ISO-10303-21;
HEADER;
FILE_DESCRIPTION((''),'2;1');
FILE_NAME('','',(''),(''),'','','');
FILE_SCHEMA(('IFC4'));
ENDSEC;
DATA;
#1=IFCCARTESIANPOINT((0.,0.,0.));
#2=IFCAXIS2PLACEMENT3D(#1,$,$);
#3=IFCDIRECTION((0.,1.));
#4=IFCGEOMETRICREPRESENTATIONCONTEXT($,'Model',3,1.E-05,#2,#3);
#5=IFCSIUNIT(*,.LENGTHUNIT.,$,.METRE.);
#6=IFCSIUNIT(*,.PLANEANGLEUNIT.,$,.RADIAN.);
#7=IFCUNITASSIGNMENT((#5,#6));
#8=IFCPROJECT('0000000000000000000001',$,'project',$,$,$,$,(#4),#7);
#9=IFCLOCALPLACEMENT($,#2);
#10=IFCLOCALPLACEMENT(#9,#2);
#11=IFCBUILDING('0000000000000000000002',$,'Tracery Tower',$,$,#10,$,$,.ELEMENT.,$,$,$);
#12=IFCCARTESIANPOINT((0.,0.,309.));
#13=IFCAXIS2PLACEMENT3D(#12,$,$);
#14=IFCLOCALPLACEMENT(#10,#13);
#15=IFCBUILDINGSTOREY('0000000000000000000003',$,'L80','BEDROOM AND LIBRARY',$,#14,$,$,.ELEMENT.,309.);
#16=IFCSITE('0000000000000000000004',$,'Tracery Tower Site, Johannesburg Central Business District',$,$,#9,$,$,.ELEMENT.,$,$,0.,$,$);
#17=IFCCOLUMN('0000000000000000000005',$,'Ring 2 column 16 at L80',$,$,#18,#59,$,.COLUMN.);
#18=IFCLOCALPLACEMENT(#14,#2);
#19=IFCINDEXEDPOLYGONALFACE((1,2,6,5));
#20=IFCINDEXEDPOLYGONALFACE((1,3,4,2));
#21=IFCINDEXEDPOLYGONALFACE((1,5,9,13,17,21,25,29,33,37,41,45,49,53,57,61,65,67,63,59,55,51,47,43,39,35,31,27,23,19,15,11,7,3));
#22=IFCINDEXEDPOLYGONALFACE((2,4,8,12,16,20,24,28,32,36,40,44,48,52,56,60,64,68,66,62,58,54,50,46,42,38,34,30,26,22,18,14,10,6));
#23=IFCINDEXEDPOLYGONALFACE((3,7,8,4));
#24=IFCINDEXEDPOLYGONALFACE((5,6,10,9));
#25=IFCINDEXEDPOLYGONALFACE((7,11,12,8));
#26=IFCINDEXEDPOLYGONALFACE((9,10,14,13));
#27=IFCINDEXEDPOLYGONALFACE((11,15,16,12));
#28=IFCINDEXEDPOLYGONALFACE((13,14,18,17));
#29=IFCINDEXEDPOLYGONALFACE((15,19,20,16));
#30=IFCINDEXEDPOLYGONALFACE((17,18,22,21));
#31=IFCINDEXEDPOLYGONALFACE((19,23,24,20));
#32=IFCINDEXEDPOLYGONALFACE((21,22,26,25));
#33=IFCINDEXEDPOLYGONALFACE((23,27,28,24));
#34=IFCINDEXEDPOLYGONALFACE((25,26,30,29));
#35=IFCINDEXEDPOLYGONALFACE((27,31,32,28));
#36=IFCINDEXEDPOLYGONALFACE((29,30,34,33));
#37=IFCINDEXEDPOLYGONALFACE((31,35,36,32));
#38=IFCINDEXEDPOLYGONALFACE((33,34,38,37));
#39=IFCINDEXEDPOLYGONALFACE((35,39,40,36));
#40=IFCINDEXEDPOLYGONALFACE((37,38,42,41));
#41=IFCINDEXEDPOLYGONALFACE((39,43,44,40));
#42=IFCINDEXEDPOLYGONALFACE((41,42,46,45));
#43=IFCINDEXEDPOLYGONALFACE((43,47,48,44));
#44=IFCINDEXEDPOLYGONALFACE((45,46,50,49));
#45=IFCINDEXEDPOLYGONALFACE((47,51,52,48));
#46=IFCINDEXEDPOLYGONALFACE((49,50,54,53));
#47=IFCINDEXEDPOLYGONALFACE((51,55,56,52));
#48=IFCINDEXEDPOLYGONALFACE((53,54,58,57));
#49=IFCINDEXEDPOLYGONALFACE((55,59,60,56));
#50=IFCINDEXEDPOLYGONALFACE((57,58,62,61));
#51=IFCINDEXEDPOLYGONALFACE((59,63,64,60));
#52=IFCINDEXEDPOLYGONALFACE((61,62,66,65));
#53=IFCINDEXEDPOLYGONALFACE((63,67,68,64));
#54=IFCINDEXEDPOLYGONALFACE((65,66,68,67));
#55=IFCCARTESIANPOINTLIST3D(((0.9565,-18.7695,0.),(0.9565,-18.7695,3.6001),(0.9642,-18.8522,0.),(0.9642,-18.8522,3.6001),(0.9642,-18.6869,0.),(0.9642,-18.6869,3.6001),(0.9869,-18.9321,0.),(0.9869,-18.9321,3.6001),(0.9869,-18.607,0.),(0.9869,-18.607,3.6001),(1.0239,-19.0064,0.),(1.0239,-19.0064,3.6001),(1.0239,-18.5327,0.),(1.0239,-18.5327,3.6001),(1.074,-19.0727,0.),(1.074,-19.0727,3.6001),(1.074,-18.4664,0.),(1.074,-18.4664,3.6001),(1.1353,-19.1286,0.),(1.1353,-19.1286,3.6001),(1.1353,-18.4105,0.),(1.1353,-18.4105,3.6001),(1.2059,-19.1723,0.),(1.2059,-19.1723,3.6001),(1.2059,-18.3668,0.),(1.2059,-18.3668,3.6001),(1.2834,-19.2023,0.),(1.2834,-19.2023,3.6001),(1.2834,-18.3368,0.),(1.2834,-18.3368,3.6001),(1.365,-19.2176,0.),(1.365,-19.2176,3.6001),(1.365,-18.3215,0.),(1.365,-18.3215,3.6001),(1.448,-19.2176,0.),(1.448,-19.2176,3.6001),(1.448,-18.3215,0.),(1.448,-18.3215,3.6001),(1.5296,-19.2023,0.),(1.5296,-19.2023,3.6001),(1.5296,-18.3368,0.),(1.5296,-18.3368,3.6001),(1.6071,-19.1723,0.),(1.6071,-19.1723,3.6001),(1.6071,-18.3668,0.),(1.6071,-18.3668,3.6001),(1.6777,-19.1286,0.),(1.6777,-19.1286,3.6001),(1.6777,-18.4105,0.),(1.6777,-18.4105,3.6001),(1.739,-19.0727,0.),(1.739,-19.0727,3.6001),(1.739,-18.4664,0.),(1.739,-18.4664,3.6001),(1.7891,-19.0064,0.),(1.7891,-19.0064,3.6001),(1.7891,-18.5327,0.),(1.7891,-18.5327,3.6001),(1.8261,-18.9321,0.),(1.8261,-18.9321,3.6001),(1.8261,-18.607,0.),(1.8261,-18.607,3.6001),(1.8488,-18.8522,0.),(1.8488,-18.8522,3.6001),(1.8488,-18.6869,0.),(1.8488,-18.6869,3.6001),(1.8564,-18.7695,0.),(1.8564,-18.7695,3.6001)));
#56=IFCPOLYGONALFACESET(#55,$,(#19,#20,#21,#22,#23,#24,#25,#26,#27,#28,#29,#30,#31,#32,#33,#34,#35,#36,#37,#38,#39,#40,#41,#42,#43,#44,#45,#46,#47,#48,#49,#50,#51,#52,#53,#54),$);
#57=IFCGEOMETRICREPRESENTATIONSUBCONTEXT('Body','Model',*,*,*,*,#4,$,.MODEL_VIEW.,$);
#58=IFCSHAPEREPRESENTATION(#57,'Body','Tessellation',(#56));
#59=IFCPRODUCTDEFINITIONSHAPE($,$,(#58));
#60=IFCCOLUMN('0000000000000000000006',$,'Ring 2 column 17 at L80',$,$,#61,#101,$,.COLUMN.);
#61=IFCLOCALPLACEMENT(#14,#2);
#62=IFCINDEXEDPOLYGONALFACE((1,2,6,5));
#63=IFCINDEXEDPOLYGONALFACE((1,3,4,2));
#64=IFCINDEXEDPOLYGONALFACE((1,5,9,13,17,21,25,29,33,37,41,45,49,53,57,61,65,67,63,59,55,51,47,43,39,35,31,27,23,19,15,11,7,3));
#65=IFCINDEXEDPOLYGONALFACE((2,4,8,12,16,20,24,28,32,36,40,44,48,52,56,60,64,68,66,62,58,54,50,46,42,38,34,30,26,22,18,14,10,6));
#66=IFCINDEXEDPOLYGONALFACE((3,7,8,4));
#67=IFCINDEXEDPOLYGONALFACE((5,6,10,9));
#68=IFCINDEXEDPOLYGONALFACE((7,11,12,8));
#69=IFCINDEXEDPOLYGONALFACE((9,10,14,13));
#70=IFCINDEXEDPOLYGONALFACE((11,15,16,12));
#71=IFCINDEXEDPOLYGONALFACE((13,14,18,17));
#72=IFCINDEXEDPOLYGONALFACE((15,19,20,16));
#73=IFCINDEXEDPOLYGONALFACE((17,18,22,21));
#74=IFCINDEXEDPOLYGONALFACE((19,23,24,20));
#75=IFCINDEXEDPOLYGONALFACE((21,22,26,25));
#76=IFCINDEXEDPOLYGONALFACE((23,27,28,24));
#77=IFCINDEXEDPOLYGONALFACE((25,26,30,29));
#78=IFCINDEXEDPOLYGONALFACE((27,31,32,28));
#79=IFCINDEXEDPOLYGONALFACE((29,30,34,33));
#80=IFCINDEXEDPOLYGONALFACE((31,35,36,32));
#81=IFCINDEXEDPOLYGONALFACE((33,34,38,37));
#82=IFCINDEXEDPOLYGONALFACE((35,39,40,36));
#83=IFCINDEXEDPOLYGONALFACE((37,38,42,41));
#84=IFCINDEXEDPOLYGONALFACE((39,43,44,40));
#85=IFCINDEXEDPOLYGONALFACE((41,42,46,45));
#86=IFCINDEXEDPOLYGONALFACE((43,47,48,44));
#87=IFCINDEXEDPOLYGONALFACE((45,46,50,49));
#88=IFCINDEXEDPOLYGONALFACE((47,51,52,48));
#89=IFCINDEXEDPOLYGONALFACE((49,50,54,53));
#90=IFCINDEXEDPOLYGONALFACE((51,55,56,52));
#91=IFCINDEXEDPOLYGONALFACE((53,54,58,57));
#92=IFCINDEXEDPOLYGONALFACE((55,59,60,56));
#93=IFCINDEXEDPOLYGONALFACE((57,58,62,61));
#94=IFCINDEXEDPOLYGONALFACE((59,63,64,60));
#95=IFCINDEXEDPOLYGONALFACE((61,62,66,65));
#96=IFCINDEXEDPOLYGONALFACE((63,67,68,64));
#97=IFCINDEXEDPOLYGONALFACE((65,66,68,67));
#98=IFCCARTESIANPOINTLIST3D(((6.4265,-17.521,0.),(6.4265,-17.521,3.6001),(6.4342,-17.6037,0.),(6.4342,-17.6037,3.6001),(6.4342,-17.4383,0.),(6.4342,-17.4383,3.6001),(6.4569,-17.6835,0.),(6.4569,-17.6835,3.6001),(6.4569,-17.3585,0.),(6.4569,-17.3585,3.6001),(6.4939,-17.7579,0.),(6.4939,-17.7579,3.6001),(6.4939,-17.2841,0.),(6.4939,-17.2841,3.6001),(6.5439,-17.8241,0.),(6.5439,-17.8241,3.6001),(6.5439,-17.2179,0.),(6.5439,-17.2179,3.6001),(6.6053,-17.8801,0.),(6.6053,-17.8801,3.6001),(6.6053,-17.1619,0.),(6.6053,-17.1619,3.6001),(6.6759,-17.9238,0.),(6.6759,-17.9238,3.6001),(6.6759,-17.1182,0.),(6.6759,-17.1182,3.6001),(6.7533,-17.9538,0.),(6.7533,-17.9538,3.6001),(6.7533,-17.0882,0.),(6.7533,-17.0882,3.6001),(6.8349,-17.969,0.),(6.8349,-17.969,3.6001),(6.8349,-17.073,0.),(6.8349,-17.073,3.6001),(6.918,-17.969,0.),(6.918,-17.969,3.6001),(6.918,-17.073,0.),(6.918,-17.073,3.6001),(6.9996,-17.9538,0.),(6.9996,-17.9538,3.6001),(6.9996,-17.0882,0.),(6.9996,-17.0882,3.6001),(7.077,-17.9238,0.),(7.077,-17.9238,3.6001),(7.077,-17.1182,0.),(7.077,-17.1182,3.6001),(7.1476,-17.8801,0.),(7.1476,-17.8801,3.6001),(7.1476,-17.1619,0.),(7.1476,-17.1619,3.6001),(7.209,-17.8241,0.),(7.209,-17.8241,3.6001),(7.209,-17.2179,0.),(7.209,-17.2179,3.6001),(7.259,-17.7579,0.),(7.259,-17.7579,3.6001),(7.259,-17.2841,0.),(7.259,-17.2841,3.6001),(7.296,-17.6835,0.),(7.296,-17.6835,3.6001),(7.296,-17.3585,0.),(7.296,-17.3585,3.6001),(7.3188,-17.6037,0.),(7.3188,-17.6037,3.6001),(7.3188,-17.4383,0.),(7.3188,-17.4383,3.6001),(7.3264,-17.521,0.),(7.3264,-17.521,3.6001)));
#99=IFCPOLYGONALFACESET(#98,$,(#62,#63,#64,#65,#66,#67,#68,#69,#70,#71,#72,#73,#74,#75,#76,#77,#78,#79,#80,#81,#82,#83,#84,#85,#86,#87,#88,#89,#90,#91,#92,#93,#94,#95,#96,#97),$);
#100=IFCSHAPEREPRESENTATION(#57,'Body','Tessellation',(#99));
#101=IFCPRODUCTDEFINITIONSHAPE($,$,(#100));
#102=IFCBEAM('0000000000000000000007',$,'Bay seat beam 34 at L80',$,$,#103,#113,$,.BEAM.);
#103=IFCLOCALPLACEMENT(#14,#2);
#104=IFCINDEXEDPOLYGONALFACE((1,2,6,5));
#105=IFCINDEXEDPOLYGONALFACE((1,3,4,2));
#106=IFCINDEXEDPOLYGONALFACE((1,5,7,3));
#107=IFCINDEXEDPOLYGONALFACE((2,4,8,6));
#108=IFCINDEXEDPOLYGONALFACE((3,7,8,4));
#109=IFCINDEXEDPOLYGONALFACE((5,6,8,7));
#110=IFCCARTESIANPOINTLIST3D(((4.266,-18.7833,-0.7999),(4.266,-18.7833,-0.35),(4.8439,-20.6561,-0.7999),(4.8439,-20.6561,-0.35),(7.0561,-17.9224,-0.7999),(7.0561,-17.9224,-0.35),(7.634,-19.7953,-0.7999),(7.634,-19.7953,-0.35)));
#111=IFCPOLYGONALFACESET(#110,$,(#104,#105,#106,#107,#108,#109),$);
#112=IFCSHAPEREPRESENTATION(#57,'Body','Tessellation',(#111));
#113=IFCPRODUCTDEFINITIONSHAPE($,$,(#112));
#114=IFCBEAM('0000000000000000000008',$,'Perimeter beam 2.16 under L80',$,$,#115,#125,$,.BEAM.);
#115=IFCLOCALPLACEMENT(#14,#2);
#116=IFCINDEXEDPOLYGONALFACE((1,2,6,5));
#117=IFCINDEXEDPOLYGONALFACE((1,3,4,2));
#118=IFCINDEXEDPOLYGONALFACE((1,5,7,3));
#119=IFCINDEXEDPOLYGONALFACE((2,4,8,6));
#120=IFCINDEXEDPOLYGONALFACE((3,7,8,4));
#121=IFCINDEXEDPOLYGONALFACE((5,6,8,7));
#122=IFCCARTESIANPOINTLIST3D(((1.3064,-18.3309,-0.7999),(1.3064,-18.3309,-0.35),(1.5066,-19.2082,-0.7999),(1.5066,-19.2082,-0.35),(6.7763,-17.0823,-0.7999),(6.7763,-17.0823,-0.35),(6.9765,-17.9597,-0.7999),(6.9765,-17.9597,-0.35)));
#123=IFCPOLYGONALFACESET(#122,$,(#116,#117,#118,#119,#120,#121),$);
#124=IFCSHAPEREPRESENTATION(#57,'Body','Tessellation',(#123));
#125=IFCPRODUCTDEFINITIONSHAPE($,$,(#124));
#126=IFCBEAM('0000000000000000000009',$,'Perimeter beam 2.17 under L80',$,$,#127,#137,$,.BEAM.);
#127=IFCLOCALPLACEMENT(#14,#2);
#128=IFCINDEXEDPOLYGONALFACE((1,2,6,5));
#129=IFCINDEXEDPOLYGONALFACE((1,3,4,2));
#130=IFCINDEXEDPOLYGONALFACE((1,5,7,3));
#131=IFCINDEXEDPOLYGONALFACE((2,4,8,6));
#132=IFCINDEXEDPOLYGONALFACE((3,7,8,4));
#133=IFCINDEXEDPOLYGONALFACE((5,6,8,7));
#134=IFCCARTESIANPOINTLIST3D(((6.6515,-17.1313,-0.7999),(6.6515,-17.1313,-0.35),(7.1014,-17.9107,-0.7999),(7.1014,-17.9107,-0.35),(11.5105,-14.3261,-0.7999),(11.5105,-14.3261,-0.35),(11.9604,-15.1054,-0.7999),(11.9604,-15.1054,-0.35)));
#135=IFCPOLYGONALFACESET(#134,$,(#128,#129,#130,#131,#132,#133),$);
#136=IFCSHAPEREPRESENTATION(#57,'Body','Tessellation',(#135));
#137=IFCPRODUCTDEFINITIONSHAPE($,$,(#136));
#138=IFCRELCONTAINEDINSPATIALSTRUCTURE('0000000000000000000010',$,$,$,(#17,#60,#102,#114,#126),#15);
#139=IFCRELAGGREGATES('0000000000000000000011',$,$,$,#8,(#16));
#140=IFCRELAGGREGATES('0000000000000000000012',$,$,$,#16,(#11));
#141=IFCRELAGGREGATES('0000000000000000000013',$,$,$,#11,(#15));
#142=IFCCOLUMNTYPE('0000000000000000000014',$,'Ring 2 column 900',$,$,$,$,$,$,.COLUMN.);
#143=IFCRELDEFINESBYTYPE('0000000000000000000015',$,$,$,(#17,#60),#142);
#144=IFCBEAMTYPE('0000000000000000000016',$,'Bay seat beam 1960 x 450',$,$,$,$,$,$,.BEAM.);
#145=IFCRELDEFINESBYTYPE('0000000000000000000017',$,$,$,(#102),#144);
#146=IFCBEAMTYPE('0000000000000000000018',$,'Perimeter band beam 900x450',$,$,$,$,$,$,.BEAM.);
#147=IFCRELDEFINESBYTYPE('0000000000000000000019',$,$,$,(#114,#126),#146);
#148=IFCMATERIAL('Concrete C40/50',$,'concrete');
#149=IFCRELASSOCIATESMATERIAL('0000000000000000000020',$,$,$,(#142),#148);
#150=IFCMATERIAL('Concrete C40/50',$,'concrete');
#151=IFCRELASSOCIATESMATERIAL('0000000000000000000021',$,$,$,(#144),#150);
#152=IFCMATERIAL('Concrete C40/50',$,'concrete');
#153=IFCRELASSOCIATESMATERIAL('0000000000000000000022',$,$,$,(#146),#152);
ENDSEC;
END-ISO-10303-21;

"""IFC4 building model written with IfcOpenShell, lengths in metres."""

from ifc_helpers import new_model, si_unit, direction, frame, origin, origin_2d, place, context, subcontext, project, spatial, rectangle, circle, extrude, material, material_profile, profile_set, type_object, element, save


model = new_model("IFC4")

# Units and contexts
model_context = context("Model", 3, precision=1e-05, world=origin(), true_north=direction((0.0, 1.0)))
body_context = subcontext(model_context, "Body", "Model", "MODEL_VIEW")
ifc_project = project(units=[si_unit("LENGTHUNIT", "METRE"), si_unit("PLANEANGLEUNIT", "RADIAN")], contexts=[model_context])

# Site, building, storey
site_placement = place(None, origin())
site = spatial("IfcSite", under=ifc_project, at=site_placement, Name="Tracery Tower Site, Johannesburg Central Business District", CompositionType="ELEMENT", RefElevation=0.0)
building_placement = place(site_placement, origin())
building = spatial("IfcBuilding", under=site, at=building_placement, Name="Tracery Tower", CompositionType="ELEMENT")
storey_placement = place(building_placement, frame((0.0, 0.0, 309.0)))
storey = spatial("IfcBuildingStorey", under=building, at=storey_placement, Name="L80", Description="BEDROOM AND LIBRARY", CompositionType="ELEMENT", Elevation=309.0)

# Columns
ifc_material_1 = material(Name="Concrete C40/50", Category="concrete")
ifc_material_profile_1 = material_profile(ifc_material_1, circle(Radius=0.45, at=origin_2d()), Name="RC D900")
ifc_profile_set_1 = profile_set([ifc_material_profile_1], Name="Concrete C40/50")
column_type = type_object("IfcColumnType", Name="Ring 2 column 900", PredefinedType="COLUMN", material=ifc_profile_set_1)
for number, where, z_axis, x_axis, name in (
    (1, (1.4065, -18.7695, 0.0), (0.0, 0.0, 1.0), (1.0, 0.0, 0.0), "Ring 2 column 16 at L80"),
    (2, (6.8765, -17.521, 0.0), (0.0, 0.0, 1.0), (1.0, 0.0, 0.0), "Ring 2 column 17 at L80"),
):
    element("IfcColumn", number, at=place(storey_placement, frame(where, z_axis=z_axis, x_axis=x_axis)), inside=storey, type_object=column_type, Name=name, PredefinedType="COLUMN", context=body_context, shape_type="SweptSolid", body=[
        extrude(circle(Radius=0.45, at=origin_2d()), origin(), (0.0, 0.0, 1.0), 3.6001),
    ])

# Beams
ifc_material_2 = material(Name="Concrete C40/50", Category="concrete")
ifc_material_profile_2 = material_profile(ifc_material_2, rectangle(XDim=1.96, YDim=0.45, at=origin_2d()), Name="RC 1960x450")
ifc_profile_set_2 = profile_set([ifc_material_profile_2], Name="Concrete C40/50")
beam_type_1 = type_object("IfcBeamType", Name="Bay seat beam 1960 x 450", PredefinedType="BEAM", material=ifc_profile_set_2)
beam_placement = place(storey_placement, frame((4.5549, -19.7197, -0.575), z_axis=(0.955551, 0.294826, 0.0), x_axis=(-0.294826, 0.955551, 0.0)))
element("IfcBeam", 3, at=beam_placement, inside=storey, type_object=beam_type_1, Name="Bay seat beam 34 at L80", PredefinedType="BEAM", context=body_context, shape_type="SweptSolid", body=[
    extrude(rectangle(XDim=1.96, YDim=0.45, at=origin_2d()), origin(), (0.0, 0.0, 1.0), 2.9199),
])
ifc_material_3 = material(Name="Concrete C40/50", Category="concrete")
ifc_material_profile_3 = material_profile(ifc_material_3, rectangle(XDim=0.8999, YDim=0.45, at=origin_2d()), Name="RC 900x450")
ifc_profile_set_3 = profile_set([ifc_material_profile_3], Name="Concrete C40/50")
beam_type_2 = type_object("IfcBeamType", Name="Perimeter band beam 900x450", PredefinedType="BEAM", material=ifc_profile_set_3)
for number, where, z_axis, x_axis, name in (
    (4, (1.4065, -18.7695, -0.575), (0.974926, 0.222529, 0.0), (-0.222529, 0.974926, 0.0), "Perimeter beam 2.16 under L80"),
    (5, (6.8765, -17.521, -0.575), (0.866033, 0.499986, 0.0), (-0.499986, 0.866033, 0.0), "Perimeter beam 2.17 under L80"),
):
    element("IfcBeam", number, at=place(storey_placement, frame(where, z_axis=z_axis, x_axis=x_axis)), inside=storey, type_object=beam_type_2, Name=name, PredefinedType="BEAM", context=body_context, shape_type="SweptSolid", body=[
        extrude(rectangle(XDim=0.8999, YDim=0.45, at=origin_2d()), origin(), (0.0, 0.0, 1.0), 5.6106),
    ])

save(model, "model.ifc")
